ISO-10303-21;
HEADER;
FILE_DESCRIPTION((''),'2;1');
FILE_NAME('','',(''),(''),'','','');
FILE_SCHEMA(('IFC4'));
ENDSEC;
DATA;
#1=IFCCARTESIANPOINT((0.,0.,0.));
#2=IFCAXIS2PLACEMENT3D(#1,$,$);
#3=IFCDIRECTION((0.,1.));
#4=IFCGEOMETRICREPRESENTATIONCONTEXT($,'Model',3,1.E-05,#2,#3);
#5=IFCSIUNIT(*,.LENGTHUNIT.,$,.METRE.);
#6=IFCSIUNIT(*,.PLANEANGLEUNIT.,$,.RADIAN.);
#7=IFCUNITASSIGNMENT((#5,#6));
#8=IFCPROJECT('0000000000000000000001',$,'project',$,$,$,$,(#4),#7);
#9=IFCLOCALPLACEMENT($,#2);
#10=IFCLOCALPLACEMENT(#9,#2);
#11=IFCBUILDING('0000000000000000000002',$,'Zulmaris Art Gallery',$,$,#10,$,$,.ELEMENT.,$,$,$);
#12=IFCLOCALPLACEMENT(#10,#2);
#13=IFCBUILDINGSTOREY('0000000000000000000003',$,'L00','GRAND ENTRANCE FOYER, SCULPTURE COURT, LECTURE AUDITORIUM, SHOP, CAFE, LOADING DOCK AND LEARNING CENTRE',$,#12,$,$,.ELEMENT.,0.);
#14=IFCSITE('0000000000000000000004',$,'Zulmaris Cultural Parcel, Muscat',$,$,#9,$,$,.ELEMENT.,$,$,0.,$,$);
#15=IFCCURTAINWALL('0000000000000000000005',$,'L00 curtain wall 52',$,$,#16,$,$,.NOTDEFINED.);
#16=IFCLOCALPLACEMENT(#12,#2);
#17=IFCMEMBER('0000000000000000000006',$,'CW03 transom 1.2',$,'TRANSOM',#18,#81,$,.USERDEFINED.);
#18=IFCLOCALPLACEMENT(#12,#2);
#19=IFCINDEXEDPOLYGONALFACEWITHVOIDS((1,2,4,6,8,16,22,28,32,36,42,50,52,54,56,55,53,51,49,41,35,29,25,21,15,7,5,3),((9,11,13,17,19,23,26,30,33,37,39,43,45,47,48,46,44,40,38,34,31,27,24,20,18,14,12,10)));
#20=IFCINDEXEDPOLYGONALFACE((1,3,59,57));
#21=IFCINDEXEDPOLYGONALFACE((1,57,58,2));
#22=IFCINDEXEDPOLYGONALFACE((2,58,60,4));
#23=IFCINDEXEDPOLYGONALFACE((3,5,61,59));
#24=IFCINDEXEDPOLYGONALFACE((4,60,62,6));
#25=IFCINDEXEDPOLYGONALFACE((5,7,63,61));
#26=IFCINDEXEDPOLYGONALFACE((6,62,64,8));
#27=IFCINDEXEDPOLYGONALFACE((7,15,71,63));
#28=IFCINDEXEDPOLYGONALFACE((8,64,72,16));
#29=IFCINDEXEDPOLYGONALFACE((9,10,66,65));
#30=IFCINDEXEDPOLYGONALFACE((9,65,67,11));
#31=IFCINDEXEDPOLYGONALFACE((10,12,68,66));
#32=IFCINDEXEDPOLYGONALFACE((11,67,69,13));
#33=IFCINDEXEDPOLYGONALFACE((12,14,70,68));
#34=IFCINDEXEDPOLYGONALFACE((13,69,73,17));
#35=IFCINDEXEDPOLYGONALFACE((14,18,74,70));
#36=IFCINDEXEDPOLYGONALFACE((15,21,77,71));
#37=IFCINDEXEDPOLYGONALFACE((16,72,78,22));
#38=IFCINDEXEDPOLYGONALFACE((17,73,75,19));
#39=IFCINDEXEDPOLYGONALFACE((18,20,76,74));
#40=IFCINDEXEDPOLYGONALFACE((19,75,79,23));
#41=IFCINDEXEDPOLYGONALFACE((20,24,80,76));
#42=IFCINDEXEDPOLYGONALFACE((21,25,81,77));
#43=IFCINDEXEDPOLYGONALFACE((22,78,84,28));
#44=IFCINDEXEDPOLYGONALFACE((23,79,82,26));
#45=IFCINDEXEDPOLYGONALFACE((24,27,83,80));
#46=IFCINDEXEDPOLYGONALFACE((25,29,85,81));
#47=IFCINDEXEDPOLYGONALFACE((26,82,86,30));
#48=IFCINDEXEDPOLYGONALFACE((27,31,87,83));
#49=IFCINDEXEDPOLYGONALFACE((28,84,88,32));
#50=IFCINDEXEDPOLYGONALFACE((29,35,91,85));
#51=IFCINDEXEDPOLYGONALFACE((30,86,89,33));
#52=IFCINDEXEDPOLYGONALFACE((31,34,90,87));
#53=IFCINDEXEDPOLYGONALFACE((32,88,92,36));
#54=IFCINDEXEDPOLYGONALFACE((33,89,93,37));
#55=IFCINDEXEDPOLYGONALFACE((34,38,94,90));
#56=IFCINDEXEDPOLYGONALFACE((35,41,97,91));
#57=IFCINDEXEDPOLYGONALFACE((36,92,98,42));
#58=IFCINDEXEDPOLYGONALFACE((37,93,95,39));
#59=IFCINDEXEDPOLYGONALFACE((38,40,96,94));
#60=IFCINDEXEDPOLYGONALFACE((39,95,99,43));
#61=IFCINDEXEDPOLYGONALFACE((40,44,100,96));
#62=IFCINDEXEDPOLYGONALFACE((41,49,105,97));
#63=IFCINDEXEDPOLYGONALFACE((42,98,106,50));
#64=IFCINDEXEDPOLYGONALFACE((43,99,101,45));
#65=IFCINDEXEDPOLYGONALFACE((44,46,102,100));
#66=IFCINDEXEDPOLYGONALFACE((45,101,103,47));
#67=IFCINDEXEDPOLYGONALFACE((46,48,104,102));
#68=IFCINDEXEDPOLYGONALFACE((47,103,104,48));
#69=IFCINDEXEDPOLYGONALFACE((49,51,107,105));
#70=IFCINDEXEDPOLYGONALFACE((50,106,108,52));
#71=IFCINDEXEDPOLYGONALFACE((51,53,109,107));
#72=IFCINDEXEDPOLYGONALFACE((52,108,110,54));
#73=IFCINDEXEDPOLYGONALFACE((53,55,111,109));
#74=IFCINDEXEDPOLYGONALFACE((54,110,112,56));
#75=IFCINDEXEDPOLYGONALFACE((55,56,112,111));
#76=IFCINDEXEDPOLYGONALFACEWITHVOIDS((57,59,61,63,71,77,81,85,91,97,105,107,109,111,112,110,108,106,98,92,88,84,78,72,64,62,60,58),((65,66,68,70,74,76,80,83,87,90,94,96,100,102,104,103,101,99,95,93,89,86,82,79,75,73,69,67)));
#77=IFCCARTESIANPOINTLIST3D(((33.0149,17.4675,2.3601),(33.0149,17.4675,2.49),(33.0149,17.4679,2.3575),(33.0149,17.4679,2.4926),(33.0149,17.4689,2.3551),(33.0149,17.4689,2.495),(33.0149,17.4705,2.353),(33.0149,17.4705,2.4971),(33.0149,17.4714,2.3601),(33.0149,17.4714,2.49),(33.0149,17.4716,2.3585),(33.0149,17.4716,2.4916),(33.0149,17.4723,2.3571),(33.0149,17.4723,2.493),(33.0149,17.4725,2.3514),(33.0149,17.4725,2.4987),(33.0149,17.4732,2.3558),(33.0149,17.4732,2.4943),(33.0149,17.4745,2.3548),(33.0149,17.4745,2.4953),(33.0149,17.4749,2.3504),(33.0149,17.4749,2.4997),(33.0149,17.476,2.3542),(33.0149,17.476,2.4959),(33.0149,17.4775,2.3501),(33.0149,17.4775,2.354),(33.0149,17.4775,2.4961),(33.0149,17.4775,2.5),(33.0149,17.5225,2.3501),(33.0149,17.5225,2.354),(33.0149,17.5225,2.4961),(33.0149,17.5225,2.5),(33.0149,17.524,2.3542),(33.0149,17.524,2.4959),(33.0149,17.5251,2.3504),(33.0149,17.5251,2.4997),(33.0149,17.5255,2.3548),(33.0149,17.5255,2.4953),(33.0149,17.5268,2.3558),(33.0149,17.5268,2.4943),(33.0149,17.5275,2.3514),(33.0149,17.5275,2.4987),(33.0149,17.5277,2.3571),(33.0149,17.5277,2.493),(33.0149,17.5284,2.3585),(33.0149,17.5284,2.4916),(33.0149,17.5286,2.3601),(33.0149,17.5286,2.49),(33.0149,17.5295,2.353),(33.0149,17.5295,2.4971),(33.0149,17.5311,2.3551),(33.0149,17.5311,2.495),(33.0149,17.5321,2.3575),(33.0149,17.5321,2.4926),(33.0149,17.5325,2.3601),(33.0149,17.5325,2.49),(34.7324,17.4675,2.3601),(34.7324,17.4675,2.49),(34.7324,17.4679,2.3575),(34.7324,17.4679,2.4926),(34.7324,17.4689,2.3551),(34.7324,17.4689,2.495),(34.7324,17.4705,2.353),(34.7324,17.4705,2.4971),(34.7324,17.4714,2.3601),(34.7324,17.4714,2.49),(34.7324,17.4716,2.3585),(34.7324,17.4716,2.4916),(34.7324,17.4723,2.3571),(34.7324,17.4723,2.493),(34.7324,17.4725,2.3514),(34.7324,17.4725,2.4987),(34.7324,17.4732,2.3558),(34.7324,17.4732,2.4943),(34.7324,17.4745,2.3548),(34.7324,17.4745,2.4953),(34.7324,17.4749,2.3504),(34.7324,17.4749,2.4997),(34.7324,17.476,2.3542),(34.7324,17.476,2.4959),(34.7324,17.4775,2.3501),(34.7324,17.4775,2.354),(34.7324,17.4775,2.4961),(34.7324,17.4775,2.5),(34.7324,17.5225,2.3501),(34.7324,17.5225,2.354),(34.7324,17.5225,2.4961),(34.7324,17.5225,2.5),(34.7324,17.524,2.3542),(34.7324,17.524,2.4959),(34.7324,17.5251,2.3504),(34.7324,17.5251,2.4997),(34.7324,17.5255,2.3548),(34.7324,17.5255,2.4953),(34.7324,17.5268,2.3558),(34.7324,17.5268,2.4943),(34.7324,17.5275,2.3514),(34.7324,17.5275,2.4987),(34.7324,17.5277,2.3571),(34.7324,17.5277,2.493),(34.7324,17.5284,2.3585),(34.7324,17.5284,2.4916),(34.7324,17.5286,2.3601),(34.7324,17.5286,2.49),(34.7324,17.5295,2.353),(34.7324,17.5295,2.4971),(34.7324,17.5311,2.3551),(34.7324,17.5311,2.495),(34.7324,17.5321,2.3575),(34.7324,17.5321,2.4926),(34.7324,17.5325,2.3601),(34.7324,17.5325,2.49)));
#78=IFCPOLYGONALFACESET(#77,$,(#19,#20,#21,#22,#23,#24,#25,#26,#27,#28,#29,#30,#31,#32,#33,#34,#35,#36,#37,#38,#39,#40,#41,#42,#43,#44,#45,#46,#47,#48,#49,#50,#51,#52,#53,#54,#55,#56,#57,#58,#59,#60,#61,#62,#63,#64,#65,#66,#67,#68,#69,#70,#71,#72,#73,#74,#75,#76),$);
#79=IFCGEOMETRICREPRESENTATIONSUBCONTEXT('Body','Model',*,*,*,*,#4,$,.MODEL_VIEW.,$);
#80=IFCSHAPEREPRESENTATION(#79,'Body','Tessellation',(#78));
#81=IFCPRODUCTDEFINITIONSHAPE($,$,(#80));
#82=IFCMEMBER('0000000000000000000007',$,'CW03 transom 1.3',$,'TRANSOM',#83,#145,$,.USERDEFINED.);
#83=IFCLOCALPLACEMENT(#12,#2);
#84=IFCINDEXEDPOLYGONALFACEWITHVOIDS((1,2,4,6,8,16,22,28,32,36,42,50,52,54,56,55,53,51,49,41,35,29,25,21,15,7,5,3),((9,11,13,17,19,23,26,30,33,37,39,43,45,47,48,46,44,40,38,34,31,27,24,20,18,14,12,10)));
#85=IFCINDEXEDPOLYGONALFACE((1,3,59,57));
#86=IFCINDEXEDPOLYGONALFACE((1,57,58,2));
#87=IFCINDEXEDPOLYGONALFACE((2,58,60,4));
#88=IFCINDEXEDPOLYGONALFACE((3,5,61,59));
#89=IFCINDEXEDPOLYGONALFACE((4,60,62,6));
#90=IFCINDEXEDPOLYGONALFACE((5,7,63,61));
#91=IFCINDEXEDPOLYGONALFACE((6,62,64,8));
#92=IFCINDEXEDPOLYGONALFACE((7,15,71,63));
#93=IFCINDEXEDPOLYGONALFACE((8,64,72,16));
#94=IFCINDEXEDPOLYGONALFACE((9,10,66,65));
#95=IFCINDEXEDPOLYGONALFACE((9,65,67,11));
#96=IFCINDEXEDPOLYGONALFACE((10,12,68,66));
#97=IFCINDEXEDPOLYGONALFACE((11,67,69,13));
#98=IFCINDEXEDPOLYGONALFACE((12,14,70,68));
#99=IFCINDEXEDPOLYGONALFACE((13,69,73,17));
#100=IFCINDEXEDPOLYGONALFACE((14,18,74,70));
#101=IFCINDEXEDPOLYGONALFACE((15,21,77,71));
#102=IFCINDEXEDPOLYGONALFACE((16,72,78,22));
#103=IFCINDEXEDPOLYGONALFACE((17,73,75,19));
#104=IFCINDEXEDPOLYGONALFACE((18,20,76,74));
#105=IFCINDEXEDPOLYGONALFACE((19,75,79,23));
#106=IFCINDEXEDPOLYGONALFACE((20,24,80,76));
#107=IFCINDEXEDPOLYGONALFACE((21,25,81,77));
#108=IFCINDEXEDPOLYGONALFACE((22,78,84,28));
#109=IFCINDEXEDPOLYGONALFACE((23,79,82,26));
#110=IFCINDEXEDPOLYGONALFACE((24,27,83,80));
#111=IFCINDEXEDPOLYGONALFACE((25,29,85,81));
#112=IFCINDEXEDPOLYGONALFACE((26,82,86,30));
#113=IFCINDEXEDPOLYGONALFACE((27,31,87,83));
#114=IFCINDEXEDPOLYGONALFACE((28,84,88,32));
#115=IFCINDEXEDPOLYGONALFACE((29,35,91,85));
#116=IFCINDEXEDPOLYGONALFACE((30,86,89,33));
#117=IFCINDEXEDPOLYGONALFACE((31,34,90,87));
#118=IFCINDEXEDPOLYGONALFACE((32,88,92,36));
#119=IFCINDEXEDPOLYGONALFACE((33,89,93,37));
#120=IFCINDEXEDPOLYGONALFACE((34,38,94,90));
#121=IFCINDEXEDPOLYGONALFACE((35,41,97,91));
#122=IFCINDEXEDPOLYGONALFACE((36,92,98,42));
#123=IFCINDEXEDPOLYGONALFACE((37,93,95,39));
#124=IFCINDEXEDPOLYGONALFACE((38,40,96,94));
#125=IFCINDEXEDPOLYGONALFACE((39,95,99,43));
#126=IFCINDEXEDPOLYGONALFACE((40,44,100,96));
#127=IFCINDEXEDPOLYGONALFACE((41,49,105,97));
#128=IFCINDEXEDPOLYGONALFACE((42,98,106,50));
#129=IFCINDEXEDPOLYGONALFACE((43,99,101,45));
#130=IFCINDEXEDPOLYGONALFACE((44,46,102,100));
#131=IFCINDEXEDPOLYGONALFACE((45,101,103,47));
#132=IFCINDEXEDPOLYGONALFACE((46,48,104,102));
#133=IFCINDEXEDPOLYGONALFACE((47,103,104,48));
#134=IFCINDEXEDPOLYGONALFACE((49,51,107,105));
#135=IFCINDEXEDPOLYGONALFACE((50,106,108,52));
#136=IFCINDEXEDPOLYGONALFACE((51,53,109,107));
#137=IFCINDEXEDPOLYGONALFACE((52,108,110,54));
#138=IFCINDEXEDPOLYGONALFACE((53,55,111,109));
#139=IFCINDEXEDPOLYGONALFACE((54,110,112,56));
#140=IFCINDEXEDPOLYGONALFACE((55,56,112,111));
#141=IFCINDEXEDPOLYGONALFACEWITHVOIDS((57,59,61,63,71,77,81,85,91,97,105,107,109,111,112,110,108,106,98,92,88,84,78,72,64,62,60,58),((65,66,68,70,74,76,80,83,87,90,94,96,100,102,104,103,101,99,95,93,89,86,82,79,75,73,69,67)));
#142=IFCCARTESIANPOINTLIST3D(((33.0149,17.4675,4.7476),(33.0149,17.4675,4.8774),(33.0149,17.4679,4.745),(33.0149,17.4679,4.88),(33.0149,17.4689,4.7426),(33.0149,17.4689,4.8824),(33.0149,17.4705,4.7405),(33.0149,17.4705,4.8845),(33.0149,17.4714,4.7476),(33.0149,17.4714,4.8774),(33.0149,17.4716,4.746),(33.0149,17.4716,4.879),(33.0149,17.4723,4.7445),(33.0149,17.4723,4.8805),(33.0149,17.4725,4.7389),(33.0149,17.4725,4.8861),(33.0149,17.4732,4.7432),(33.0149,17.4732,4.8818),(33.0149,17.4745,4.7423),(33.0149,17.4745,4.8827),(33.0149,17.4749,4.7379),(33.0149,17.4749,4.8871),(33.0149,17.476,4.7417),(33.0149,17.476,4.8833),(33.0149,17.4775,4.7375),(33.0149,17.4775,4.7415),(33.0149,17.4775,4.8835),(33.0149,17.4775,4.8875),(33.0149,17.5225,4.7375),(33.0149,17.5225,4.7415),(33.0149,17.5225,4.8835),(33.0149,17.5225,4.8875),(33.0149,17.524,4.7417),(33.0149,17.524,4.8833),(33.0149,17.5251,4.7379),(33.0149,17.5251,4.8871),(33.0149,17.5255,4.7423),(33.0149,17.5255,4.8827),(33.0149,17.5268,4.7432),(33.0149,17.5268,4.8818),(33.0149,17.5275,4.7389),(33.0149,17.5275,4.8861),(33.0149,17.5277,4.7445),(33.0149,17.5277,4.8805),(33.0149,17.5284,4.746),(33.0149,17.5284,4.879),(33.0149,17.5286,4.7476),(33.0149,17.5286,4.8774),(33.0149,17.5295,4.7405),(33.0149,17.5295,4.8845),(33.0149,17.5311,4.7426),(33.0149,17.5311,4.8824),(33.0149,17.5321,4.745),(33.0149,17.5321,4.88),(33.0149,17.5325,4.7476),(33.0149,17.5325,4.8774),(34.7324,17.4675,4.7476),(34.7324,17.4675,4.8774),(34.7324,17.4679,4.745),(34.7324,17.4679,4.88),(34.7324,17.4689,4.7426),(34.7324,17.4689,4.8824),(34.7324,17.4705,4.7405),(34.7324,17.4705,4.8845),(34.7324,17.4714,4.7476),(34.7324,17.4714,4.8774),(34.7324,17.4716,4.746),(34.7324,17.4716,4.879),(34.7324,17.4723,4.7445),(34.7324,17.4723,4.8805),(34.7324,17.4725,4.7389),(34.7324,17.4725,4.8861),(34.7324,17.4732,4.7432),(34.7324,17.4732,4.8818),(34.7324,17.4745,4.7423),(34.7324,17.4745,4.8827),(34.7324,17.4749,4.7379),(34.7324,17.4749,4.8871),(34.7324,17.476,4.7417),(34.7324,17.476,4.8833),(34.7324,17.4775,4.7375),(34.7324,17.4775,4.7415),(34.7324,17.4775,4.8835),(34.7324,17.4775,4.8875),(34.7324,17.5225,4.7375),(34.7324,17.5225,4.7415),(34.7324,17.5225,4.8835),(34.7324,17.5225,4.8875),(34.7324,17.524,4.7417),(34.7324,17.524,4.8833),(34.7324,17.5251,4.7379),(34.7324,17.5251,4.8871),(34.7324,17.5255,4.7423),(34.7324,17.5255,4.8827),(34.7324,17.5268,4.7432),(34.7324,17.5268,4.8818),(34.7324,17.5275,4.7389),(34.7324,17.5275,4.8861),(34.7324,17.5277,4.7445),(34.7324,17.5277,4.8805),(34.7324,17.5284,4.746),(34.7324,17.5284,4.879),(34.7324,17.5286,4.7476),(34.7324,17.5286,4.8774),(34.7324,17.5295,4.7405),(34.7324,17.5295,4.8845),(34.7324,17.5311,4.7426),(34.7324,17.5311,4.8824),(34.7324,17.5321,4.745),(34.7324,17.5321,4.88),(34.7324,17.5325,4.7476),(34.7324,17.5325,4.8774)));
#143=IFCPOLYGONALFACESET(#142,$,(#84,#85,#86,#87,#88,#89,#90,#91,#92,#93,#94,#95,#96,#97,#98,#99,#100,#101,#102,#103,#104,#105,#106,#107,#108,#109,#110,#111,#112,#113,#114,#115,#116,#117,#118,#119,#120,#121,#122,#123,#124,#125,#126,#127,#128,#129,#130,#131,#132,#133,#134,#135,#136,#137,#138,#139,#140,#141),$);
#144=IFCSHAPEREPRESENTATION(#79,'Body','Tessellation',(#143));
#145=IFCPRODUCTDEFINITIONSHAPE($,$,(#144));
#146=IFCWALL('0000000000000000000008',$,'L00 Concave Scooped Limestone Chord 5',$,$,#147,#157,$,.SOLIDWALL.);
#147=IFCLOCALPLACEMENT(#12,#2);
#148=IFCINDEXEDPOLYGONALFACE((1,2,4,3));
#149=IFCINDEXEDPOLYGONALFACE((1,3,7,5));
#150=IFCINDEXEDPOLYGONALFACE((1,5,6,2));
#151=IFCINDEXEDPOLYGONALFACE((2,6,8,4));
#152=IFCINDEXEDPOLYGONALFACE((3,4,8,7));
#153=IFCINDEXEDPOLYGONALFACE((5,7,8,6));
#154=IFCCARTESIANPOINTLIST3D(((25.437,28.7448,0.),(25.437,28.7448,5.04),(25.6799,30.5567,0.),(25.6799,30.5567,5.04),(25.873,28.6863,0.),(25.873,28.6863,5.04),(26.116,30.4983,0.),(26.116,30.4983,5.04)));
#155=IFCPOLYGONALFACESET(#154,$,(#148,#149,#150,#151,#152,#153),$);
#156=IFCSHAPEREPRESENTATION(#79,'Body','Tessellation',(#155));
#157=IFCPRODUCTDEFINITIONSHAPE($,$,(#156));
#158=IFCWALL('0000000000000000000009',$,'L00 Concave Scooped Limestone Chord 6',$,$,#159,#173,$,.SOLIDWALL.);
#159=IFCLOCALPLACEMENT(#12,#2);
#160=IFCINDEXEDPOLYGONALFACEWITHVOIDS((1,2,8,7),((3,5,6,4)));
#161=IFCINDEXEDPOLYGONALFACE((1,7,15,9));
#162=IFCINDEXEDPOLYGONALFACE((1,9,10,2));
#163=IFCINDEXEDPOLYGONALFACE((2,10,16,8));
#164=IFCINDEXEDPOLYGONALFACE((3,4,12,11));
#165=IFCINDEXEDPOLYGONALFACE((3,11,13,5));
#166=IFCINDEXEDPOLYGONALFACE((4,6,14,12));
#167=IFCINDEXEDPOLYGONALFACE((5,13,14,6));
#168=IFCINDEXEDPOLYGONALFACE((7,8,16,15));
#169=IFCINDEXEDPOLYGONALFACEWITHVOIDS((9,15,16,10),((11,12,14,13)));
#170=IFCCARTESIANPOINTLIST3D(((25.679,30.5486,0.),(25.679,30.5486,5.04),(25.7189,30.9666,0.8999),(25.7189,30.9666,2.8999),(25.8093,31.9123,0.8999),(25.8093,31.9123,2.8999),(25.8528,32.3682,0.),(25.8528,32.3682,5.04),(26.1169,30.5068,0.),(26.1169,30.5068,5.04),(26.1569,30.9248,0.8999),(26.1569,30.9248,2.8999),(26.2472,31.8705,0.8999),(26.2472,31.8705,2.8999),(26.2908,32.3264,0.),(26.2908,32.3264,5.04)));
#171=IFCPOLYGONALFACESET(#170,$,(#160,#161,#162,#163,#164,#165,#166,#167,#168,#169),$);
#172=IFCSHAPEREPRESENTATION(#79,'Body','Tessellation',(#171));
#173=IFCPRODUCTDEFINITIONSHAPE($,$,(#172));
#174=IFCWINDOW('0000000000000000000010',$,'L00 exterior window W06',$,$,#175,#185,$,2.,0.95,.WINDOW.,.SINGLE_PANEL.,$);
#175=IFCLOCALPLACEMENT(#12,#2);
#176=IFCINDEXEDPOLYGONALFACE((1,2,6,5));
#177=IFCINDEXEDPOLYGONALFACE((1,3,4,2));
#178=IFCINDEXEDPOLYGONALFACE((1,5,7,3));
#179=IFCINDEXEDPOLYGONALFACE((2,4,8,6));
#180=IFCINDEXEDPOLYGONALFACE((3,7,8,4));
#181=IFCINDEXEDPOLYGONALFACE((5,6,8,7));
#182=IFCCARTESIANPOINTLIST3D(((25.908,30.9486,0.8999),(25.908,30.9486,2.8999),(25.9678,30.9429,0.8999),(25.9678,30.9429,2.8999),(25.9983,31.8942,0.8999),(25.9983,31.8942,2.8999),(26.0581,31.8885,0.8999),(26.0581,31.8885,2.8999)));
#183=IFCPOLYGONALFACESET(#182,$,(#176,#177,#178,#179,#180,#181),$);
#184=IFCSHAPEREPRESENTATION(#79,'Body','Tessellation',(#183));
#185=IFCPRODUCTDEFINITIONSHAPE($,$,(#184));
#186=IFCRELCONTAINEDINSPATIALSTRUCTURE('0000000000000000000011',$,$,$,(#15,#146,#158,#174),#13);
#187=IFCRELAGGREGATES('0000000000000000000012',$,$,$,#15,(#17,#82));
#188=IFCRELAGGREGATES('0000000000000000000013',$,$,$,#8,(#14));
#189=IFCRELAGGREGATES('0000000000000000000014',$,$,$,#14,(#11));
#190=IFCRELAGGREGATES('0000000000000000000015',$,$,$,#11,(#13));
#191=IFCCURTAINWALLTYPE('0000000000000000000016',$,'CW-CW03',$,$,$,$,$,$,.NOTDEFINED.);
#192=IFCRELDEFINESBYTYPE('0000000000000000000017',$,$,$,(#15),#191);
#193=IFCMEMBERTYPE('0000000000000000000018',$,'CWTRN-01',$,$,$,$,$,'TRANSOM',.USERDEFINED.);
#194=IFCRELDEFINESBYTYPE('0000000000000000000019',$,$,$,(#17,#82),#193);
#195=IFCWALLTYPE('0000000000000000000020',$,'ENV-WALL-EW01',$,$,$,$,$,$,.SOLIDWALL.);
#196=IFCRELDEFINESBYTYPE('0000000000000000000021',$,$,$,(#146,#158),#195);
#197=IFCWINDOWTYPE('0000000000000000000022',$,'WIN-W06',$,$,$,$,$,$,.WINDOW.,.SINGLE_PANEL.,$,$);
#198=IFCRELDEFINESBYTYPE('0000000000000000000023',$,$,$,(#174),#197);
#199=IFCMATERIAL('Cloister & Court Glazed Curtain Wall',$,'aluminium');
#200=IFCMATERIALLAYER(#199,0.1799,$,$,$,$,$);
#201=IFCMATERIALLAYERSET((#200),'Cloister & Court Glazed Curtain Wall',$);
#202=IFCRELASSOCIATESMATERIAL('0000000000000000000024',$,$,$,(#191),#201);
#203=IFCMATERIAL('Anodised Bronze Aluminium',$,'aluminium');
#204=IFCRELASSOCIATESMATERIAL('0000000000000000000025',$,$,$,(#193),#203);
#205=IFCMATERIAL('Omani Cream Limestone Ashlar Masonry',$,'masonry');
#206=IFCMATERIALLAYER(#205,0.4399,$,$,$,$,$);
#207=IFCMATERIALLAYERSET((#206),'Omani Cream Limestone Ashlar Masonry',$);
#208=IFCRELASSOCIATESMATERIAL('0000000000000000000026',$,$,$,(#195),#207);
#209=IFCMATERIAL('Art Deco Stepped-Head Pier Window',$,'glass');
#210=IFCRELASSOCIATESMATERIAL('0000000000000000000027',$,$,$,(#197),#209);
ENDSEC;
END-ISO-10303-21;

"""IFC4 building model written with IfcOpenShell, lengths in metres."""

from ifc_helpers import new_model, si_unit, direction, frame, frame_2d, origin, origin_2d, place, context, subcontext, project, spatial, rectangle, hollow_rectangle, extrude, material, layer, layer_set, material_profile, profile_set, type_object, element, fill, aggregate, save


model = new_model("IFC4")

# Units and contexts
model_context = context("Model", 3, precision=1e-05, world=origin(), true_north=direction((0.0, 1.0)))
body_context = subcontext(model_context, "Body", "Model", "MODEL_VIEW")
ifc_project = project(units=[si_unit("LENGTHUNIT", "METRE"), si_unit("PLANEANGLEUNIT", "RADIAN")], contexts=[model_context])

# Site, building, storey
site_placement = place(None, origin())
site = spatial("IfcSite", under=ifc_project, at=site_placement, Name="Zulmaris Cultural Parcel, Muscat", CompositionType="ELEMENT", RefElevation=0.0)
building_placement = place(site_placement, origin())
building = spatial("IfcBuilding", under=site, at=building_placement, Name="Zulmaris Art Gallery", CompositionType="ELEMENT")
storey_placement = place(building_placement, origin())
storey = spatial("IfcBuildingStorey", under=building, at=storey_placement, Name="L00", Description="GRAND ENTRANCE FOYER, SCULPTURE COURT, LECTURE AUDITORIUM, SHOP, CAFE, LOADING DOCK AND LEARNING CENTRE", CompositionType="ELEMENT", Elevation=0.0)

# Curtain wall, members
ifc_material_1 = material(Name="Cloister & Court Glazed Curtain Wall", Category="aluminium")
ifc_layer_1 = layer(ifc_material_1, 0.1799)
ifc_layer_set_1 = layer_set([ifc_layer_1], Name="Cloister & Court Glazed Curtain Wall")
curtain_wall_type = type_object("IfcCurtainWallType", Name="CW-CW03", PredefinedType="NOTDEFINED", material=ifc_layer_set_1)
curtain_wall_placement = place(storey_placement, origin())
curtain_wall = element("IfcCurtainWall", 1, at=curtain_wall_placement, inside=storey, type_object=curtain_wall_type, Name="L00 curtain wall 52", PredefinedType="NOTDEFINED")
ifc_material_2 = material(Name="Anodised Bronze Aluminium", Category="aluminium")
ifc_material_profile_1 = material_profile(ifc_material_2, hollow_rectangle(XDim=0.0649, YDim=0.1499, WallThickness=0.0039, InnerFilletRadius=0.0061, OuterFilletRadius=0.01, at=origin_2d()), Name="ALU 65x150x4")
ifc_profile_set_1 = profile_set([ifc_material_profile_1], Name="Anodised Bronze Aluminium")
member_type_1 = type_object("IfcMemberType", Name="CWTRN-01", ElementType="TRANSOM", PredefinedType="USERDEFINED", material=ifc_profile_set_1)
member_1_placement = place(storey_placement, frame((33.0149, 17.5, 2.425), z_axis=(1.0, 0.0, 0.0), x_axis=(0.0, 1.0, 0.0)))
member_1 = element("IfcMember", 2, at=member_1_placement, type_object=member_type_1, Name="CW03 transom 1.2", ObjectType="TRANSOM", PredefinedType="USERDEFINED", context=body_context, shape_type="SweptSolid", body=[
    extrude(hollow_rectangle(XDim=0.0649, YDim=0.1499, WallThickness=0.0039, InnerFilletRadius=0.0061, OuterFilletRadius=0.01, at=origin_2d()), origin(), (0.0, 0.0, 1.0), 1.7175),
])
member_2_placement = place(storey_placement, frame((33.0149, 17.5, 4.8125), z_axis=(1.0, 0.0, 0.0), x_axis=(0.0, 1.0, 0.0)))
member_2 = element("IfcMember", 3, at=member_2_placement, type_object=member_type_1, Name="CW03 transom 1.3", ObjectType="TRANSOM", PredefinedType="USERDEFINED", context=body_context, shape_type="SweptSolid", body=[
    extrude(hollow_rectangle(XDim=0.0649, YDim=0.1499, WallThickness=0.0039, InnerFilletRadius=0.0061, OuterFilletRadius=0.01, at=origin_2d()), origin(), (0.0, 0.0, 1.0), 1.7175),
])
aggregate(curtain_wall, [member_1, member_2])

# Wall
ifc_material_3 = material(Name="Omani Cream Limestone Ashlar Masonry", Category="masonry")
ifc_layer_2 = layer(ifc_material_3, 0.4399)
ifc_layer_set_2 = layer_set([ifc_layer_2], Name="Omani Cream Limestone Ashlar Masonry")
wall_type_1 = type_object("IfcWallType", Name="ENV-WALL-EW01", PredefinedType="SOLIDWALL", material=ifc_layer_set_2)
wall_1_placement = place(storey_placement, frame((25.655, 28.7156, 0.0), z_axis=(0.0, 0.0, 1.0), x_axis=(0.132872, 0.991133, 0.0)))
element("IfcWall", 4, at=wall_1_placement, inside=storey, type_object=wall_type_1, Name="L00 Concave Scooped Limestone Chord 5", PredefinedType="SOLIDWALL", context=body_context, shape_type="SweptSolid", body=[
    extrude(rectangle(XDim=1.8281, YDim=0.4399, at=frame_2d((0.9141, 0.0))), origin(), (0.0, 0.0, 1.0), 5.04),
])

# Wall, opening, window
wall_2_placement = place(storey_placement, frame((25.8979, 30.5276, 0.0), z_axis=(0.0, 0.0, 1.0), x_axis=(0.095099, 0.995468, 0.0)))
wall_2 = element("IfcWall", 5, at=wall_2_placement, inside=storey, type_object=wall_type_1, Name="L00 Concave Scooped Limestone Chord 6", PredefinedType="SOLIDWALL", context=body_context, shape_type="SweptSolid", body=[
    extrude(rectangle(XDim=1.8279, YDim=0.4399, at=frame_2d((0.9141, 0.0))), origin(), (0.0, 0.0, 1.0), 5.04),
])
opening_1_placement = place(wall_2_placement, frame((0.4199, 0.0, 0.8999)))
opening_1 = element("IfcOpeningElement", 6, at=opening_1_placement, cuts=wall_2, PredefinedType="OPENING", context=body_context, shape_type="SweptSolid", body=[
    extrude(rectangle(XDim=0.95, YDim=2.0, at=frame_2d((0.4751, 1.0))), frame((0.0, 0.23, 0.0), z_axis=(0.0, -1.0, 0.0), x_axis=(1.0, 0.0, 0.0)), (0.0, 0.0, 1.0), 0.46),
])
ifc_material_4 = material(Name="Art Deco Stepped-Head Pier Window", Category="glass")
window_type_1 = type_object("IfcWindowType", Name="WIN-W06", PartitioningType="SINGLE_PANEL", PredefinedType="WINDOW", material=ifc_material_4)
window_1_placement = place(opening_1_placement, origin())
window_1 = element("IfcWindow", 7, at=window_1_placement, inside=storey, type_object=window_type_1, Name="L00 exterior window W06", OverallHeight=2.0, OverallWidth=0.95, PartitioningType="SINGLE_PANEL", PredefinedType="WINDOW", context=body_context, shape_type="SweptSolid", body=[
    extrude(rectangle(XDim=0.95, YDim=2.0, at=frame_2d((0.4751, 1.0))), frame((0.0, 0.03, 0.0), z_axis=(0.0, -1.0, 0.0), x_axis=(1.0, 0.0, 0.0)), (0.0, 0.0, 1.0), 0.0601),
])
fill(opening_1, window_1)

save(model, "model.ifc")
